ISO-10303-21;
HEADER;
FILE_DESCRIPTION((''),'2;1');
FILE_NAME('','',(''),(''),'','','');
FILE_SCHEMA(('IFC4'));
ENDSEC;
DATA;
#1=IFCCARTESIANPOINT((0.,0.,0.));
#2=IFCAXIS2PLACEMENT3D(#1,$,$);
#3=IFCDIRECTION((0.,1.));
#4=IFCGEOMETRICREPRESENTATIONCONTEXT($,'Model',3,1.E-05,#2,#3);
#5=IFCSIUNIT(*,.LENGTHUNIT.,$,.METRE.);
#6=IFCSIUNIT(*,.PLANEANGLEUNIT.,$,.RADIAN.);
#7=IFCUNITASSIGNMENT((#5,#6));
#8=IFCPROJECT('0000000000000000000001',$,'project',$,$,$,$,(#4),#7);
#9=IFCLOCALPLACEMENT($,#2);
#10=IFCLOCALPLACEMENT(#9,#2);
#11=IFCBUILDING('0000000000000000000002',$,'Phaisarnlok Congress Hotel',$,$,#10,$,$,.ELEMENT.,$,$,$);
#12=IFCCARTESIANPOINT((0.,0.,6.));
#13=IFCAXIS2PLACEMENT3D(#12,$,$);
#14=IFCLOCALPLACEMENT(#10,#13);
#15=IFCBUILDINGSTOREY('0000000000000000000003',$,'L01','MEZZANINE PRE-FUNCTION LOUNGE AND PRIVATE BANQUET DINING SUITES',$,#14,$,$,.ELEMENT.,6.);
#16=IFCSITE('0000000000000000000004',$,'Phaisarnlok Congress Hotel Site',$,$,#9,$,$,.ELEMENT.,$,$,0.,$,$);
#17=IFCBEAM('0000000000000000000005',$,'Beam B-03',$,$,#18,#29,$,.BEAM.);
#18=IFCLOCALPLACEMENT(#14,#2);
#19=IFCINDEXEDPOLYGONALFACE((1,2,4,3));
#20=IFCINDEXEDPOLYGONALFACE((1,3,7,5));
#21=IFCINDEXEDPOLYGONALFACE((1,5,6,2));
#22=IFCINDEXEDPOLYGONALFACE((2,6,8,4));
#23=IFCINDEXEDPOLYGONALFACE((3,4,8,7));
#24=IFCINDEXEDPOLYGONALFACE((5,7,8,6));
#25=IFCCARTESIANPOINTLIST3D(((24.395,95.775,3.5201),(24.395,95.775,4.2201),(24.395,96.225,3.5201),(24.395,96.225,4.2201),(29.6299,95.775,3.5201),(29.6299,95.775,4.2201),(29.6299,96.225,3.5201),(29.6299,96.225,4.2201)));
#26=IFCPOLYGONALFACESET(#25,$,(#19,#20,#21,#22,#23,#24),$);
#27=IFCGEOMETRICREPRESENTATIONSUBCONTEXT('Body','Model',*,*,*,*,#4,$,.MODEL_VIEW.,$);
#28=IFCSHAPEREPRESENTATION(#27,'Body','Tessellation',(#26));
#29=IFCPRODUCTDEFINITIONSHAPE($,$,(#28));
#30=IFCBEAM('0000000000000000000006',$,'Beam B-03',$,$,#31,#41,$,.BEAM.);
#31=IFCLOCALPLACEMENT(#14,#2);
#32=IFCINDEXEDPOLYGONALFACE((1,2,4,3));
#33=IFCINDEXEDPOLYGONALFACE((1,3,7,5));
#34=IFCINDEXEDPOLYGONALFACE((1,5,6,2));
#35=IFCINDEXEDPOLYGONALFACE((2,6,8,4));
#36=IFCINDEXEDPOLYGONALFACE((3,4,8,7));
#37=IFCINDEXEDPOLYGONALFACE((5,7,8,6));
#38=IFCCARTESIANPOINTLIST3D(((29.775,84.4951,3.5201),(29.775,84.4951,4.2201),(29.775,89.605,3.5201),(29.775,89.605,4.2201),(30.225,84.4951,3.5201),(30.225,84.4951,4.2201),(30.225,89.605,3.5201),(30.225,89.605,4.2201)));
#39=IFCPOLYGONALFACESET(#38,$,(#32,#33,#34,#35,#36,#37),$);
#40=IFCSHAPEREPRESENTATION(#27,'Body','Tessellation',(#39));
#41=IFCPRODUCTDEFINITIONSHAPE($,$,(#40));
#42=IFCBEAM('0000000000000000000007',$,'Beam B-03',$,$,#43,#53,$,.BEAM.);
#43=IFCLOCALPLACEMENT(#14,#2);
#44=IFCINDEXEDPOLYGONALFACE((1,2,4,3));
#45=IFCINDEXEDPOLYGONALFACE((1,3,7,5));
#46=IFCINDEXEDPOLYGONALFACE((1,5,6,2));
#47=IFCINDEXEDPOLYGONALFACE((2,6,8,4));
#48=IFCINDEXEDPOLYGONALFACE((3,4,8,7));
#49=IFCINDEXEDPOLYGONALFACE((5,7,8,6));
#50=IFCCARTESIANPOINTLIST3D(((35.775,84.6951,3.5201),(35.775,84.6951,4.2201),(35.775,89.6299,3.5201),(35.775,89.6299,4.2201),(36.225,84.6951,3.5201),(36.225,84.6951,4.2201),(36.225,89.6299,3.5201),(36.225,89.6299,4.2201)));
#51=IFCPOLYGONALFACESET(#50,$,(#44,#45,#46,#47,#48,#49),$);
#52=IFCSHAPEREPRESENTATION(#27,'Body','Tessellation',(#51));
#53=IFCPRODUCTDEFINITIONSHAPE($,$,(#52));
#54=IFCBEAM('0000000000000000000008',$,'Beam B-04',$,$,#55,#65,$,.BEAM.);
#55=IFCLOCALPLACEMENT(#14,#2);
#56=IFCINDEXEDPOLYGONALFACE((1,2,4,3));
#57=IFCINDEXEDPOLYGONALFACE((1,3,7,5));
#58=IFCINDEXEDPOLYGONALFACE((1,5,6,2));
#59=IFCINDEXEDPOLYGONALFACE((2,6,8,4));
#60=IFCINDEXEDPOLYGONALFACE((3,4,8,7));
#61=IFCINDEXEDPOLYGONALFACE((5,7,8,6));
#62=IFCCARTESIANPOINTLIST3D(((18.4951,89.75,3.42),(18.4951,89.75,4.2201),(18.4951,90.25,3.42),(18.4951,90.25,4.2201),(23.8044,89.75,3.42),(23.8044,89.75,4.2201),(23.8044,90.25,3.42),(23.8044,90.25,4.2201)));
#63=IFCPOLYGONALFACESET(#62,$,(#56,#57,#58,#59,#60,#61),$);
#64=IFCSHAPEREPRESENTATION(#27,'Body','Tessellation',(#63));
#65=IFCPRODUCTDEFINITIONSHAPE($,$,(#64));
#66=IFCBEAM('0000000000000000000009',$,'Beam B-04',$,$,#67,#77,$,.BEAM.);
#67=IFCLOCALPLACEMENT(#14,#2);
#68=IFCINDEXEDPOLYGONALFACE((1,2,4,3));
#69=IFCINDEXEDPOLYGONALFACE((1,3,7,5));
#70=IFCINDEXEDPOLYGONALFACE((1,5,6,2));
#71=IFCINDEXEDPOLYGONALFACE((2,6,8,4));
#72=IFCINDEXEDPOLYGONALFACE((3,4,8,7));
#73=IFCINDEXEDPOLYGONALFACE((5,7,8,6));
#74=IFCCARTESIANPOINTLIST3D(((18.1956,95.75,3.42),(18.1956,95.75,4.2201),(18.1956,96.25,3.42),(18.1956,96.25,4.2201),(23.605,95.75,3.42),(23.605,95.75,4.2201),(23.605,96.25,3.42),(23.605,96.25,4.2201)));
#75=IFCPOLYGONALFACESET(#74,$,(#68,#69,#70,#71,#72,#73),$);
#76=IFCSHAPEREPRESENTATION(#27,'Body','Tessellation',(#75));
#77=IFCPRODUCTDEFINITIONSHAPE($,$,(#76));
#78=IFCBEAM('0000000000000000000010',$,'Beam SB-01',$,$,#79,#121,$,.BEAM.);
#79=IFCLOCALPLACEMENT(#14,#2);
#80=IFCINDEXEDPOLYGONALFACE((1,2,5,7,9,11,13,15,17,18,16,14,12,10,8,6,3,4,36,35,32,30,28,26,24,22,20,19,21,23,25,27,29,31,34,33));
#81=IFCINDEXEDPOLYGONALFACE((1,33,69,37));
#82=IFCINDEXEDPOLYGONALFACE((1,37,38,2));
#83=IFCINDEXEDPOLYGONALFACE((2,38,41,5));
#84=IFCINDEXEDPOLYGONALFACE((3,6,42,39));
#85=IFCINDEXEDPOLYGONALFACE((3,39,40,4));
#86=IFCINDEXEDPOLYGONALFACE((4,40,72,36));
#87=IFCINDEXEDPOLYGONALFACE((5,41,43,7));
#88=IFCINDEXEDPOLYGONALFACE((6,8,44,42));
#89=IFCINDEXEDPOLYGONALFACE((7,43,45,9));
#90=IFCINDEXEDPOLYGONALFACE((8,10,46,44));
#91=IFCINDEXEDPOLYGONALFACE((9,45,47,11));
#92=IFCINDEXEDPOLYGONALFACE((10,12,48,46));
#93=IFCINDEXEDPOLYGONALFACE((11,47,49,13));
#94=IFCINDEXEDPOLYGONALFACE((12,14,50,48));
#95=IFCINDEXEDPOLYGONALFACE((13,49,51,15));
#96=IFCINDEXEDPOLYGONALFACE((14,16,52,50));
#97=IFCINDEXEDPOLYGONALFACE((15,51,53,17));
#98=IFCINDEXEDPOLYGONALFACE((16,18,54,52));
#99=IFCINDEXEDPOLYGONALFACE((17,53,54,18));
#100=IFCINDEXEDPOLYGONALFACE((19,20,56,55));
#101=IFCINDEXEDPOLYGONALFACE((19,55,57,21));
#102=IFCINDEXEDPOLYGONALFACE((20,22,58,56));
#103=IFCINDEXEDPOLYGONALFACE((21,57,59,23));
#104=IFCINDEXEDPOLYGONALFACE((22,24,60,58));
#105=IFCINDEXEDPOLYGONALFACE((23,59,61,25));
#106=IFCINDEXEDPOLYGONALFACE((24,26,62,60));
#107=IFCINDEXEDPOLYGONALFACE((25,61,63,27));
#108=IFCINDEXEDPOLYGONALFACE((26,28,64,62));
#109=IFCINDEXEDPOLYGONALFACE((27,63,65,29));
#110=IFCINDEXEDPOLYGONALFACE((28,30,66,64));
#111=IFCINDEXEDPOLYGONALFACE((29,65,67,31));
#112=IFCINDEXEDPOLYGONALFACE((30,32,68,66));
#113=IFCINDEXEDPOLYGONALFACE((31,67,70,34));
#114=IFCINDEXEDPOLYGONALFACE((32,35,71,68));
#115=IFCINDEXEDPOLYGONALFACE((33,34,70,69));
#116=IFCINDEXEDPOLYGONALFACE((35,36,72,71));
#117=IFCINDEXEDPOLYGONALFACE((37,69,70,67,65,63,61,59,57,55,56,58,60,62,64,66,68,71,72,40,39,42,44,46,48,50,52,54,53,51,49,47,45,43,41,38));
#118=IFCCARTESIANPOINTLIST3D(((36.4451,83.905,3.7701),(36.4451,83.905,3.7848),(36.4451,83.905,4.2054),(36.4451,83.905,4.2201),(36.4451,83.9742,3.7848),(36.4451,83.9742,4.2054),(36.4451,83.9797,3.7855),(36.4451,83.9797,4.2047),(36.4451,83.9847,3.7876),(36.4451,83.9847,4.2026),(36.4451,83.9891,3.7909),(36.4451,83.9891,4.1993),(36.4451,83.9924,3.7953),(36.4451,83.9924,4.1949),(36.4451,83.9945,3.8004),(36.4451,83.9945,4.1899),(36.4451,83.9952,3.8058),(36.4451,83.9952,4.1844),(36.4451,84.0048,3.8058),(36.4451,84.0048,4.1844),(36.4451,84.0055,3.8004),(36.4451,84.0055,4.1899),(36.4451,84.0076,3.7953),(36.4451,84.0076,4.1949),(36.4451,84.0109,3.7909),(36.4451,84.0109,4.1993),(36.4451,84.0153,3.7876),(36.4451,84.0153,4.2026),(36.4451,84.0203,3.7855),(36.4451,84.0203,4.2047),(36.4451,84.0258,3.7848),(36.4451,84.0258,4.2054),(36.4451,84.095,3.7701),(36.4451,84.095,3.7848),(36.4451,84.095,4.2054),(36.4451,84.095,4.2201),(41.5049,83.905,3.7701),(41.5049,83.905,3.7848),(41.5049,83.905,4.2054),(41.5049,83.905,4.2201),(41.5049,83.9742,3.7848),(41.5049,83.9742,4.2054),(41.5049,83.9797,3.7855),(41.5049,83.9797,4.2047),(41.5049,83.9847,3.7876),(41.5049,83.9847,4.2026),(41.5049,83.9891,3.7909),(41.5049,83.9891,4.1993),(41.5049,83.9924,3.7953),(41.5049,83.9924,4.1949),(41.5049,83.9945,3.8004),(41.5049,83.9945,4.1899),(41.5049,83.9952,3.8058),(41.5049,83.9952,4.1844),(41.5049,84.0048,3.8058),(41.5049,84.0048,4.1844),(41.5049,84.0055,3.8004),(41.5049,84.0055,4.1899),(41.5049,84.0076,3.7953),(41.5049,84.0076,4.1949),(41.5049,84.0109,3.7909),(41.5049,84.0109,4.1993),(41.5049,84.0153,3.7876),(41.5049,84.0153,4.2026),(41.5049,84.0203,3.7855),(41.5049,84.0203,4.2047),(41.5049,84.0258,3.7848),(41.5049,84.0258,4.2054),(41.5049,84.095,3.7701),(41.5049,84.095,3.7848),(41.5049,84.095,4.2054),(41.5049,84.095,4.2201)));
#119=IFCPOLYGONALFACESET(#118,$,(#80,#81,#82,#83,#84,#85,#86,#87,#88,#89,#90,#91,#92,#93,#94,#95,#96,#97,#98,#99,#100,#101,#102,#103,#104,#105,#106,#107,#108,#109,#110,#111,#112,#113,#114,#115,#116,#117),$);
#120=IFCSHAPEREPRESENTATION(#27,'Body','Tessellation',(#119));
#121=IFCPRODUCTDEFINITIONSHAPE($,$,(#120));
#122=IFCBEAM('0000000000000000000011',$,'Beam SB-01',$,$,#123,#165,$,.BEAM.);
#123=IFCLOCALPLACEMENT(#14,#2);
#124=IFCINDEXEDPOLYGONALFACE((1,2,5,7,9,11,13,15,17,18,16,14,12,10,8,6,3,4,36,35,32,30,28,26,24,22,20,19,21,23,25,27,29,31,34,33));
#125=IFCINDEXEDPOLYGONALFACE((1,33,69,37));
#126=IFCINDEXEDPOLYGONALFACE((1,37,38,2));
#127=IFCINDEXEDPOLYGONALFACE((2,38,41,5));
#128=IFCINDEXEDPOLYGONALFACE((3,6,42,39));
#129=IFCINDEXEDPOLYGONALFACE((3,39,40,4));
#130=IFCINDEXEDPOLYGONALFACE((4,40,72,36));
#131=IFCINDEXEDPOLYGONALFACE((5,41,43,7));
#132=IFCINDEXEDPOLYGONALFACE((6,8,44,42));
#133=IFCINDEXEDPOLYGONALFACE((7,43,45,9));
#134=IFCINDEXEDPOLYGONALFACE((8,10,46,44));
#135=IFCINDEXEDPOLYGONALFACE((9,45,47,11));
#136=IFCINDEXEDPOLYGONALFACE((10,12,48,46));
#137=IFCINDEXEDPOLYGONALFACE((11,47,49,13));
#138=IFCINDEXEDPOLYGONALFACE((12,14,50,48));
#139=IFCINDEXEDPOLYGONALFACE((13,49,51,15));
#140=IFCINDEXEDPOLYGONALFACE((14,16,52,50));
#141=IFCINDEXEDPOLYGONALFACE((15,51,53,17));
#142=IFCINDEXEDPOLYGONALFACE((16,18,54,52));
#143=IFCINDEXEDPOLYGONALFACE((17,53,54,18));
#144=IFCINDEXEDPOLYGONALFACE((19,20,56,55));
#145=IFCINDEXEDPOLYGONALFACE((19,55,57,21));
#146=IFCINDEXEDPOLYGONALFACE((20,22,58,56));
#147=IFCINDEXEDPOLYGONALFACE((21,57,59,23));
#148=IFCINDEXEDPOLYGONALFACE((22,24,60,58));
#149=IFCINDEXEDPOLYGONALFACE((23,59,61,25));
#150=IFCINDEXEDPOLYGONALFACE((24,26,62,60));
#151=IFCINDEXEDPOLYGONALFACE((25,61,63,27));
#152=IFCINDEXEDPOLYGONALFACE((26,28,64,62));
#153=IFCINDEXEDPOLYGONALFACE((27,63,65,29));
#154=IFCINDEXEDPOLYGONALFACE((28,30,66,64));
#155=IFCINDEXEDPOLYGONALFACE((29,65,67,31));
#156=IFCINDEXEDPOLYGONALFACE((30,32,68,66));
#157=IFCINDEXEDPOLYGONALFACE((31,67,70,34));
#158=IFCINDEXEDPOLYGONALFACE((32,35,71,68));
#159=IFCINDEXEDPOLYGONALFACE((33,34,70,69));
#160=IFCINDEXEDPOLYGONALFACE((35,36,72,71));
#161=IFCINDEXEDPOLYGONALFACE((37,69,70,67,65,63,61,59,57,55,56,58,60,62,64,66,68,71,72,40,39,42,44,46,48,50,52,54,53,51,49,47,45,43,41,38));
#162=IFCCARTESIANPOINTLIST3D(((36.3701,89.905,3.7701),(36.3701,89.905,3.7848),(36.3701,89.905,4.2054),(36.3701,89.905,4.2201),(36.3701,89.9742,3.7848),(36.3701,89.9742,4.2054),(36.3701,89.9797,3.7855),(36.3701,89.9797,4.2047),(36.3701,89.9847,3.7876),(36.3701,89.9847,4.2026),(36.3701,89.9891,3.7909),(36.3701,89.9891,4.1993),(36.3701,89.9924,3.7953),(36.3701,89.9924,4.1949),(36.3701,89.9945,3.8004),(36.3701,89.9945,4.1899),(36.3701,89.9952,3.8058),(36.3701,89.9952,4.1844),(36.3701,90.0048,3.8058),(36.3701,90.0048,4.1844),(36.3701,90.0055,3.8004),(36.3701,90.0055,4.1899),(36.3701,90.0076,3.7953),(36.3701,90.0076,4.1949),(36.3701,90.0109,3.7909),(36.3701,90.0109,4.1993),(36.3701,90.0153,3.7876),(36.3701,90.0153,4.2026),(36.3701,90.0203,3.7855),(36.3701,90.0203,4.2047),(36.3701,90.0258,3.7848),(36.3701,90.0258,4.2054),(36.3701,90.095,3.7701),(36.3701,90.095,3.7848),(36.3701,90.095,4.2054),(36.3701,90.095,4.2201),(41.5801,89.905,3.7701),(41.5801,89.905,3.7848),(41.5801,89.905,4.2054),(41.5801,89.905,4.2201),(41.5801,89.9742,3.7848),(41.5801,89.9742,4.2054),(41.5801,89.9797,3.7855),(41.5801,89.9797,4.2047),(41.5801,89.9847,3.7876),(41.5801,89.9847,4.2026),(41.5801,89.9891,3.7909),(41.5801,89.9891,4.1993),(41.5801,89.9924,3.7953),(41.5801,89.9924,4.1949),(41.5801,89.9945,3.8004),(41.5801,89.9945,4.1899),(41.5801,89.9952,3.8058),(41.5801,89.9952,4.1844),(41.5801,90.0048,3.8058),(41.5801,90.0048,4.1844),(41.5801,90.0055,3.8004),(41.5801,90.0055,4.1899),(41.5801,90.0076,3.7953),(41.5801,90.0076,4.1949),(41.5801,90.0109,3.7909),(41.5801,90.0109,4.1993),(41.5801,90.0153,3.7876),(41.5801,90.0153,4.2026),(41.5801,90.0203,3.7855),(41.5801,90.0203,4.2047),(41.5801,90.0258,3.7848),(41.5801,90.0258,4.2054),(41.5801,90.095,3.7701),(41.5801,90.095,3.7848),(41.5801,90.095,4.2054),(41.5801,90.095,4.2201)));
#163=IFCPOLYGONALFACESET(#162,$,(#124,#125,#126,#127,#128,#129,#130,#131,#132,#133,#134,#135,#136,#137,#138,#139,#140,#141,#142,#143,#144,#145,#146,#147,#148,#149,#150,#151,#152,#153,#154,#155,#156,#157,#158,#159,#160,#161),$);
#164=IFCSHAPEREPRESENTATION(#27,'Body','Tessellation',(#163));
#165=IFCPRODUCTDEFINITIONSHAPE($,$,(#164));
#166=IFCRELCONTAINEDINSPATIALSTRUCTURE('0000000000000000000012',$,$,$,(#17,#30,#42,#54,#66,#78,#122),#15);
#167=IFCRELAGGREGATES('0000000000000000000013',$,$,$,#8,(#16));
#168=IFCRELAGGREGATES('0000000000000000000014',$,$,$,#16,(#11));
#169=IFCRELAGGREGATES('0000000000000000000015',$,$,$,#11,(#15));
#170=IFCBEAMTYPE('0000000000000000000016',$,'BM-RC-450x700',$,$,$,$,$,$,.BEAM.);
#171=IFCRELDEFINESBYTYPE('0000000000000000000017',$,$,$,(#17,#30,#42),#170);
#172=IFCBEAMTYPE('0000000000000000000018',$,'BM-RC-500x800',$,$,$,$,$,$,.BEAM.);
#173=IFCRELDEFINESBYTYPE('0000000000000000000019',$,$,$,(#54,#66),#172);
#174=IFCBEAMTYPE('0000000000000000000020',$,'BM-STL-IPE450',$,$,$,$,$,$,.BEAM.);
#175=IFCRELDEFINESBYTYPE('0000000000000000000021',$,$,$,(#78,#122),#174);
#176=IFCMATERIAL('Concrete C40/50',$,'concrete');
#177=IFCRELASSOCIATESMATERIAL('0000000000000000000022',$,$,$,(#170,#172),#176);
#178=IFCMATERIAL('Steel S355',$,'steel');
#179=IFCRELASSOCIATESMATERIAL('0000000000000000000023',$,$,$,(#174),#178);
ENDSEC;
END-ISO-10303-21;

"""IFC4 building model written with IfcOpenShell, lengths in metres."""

from ifc_helpers import new_model, si_unit, direction, frame, origin, origin_2d, place, context, subcontext, project, spatial, rectangle, i_section, extrude, material, material_profile, profile_set, type_object, element, save


model = new_model("IFC4")

# Units and contexts
model_context = context("Model", 3, precision=1e-05, world=origin(), true_north=direction((0.0, 1.0)))
body_context = subcontext(model_context, "Body", "Model", "MODEL_VIEW")
ifc_project = project(units=[si_unit("LENGTHUNIT", "METRE"), si_unit("PLANEANGLEUNIT", "RADIAN")], contexts=[model_context])

# Site, building, storey
site_placement = place(None, origin())
site = spatial("IfcSite", under=ifc_project, at=site_placement, Name="Phaisarnlok Congress Hotel Site", CompositionType="ELEMENT", RefElevation=0.0)
building_placement = place(site_placement, origin())
building = spatial("IfcBuilding", under=site, at=building_placement, Name="Phaisarnlok Congress Hotel", CompositionType="ELEMENT")
storey_placement = place(building_placement, frame((0.0, 0.0, 6.0)))
storey = spatial("IfcBuildingStorey", under=building, at=storey_placement, Name="L01", Description="MEZZANINE PRE-FUNCTION LOUNGE AND PRIVATE BANQUET DINING SUITES", CompositionType="ELEMENT", Elevation=6.0)

# Shared definitions
ifc_material_1 = material(Name="Steel S355", Category="steel")

# Beams
ifc_material_2 = material(Name="Concrete C40/50", Category="concrete")
ifc_material_profile_1 = material_profile(ifc_material_2, rectangle(XDim=0.45, YDim=0.7, at=origin_2d()), Name="RC 450x700")
ifc_profile_set_1 = profile_set([ifc_material_profile_1], Name="Concrete C40/50")
beam_type_1 = type_object("IfcBeamType", Name="BM-RC-450x700", PredefinedType="BEAM", material=ifc_profile_set_1)
beam_1_placement = place(storey_placement, frame((24.395, 96.0, 3.8701), z_axis=(1.0, 0.0, 0.0), x_axis=(0.0, 1.0, 0.0)))
element("IfcBeam", 1, at=beam_1_placement, inside=storey, type_object=beam_type_1, Name="Beam B-03", PredefinedType="BEAM", context=body_context, shape_type="SweptSolid", body=[
    extrude(rectangle(XDim=0.45, YDim=0.7, at=origin_2d()), origin(), (0.0, 0.0, 1.0), 5.2349),
])
beam_2_placement = place(storey_placement, frame((30.0, 84.4951, 3.8701), z_axis=(0.0, 1.0, 0.0), x_axis=(-1.0, 0.0, 0.0)))
element("IfcBeam", 2, at=beam_2_placement, inside=storey, type_object=beam_type_1, Name="Beam B-03", PredefinedType="BEAM", context=body_context, shape_type="SweptSolid", body=[
    extrude(rectangle(XDim=0.45, YDim=0.7, at=origin_2d()), origin(), (0.0, 0.0, 1.0), 5.1099),
])
beam_3_placement = place(storey_placement, frame((36.0, 84.6951, 3.8701), z_axis=(0.0, 1.0, 0.0), x_axis=(-1.0, 0.0, 0.0)))
element("IfcBeam", 3, at=beam_3_placement, inside=storey, type_object=beam_type_1, Name="Beam B-03", PredefinedType="BEAM", context=body_context, shape_type="SweptSolid", body=[
    extrude(rectangle(XDim=0.45, YDim=0.7, at=origin_2d()), origin(), (0.0, 0.0, 1.0), 4.9348),
])
ifc_material_profile_2 = material_profile(ifc_material_2, rectangle(XDim=0.5, YDim=0.8, at=origin_2d()), Name="RC 500x800")
ifc_profile_set_2 = profile_set([ifc_material_profile_2], Name="Concrete C40/50")
beam_type_2 = type_object("IfcBeamType", Name="BM-RC-500x800", PredefinedType="BEAM", material=ifc_profile_set_2)
beam_4_placement = place(storey_placement, frame((18.4951, 90.0, 3.8201), z_axis=(1.0, 0.0, 0.0), x_axis=(0.0, 1.0, 0.0)))
element("IfcBeam", 4, at=beam_4_placement, inside=storey, type_object=beam_type_2, Name="Beam B-04", PredefinedType="BEAM", context=body_context, shape_type="SweptSolid", body=[
    extrude(rectangle(XDim=0.5, YDim=0.8, at=origin_2d()), origin(), (0.0, 0.0, 1.0), 5.3093),
])
beam_5_placement = place(storey_placement, frame((18.1956, 96.0, 3.8201), z_axis=(1.0, 0.0, 0.0), x_axis=(0.0, 1.0, 0.0)))
element("IfcBeam", 5, at=beam_5_placement, inside=storey, type_object=beam_type_2, Name="Beam B-04", PredefinedType="BEAM", context=body_context, shape_type="SweptSolid", body=[
    extrude(rectangle(XDim=0.5, YDim=0.8, at=origin_2d()), origin(), (0.0, 0.0, 1.0), 5.4094),
])
ifc_material_profile_3 = material_profile(ifc_material_1, i_section(OverallWidth=0.1899, OverallDepth=0.45, WebThickness=0.0095, FlangeThickness=0.0146, FilletRadius=0.021, at=origin_2d()), Name="IPE 450")
ifc_profile_set_3 = profile_set([ifc_material_profile_3], Name="Steel S355")
beam_type_3 = type_object("IfcBeamType", Name="BM-STL-IPE450", PredefinedType="BEAM", material=ifc_profile_set_3)
beam_6_placement = place(storey_placement, frame((36.4451, 84.0, 3.9951), z_axis=(1.0, 0.0, 0.0), x_axis=(0.0, 1.0, 0.0)))
element("IfcBeam", 6, at=beam_6_placement, inside=storey, type_object=beam_type_3, Name="Beam SB-01", PredefinedType="BEAM", context=body_context, shape_type="SweptSolid", body=[
    extrude(i_section(OverallWidth=0.1899, OverallDepth=0.45, WebThickness=0.0095, FlangeThickness=0.0146, FilletRadius=0.021, at=origin_2d()), origin(), (0.0, 0.0, 1.0), 5.0598),
])
beam_7_placement = place(storey_placement, frame((36.3701, 90.0, 3.9951), z_axis=(1.0, 0.0, 0.0), x_axis=(0.0, 1.0, 0.0)))
element("IfcBeam", 7, at=beam_7_placement, inside=storey, type_object=beam_type_3, Name="Beam SB-01", PredefinedType="BEAM", context=body_context, shape_type="SweptSolid", body=[
    extrude(i_section(OverallWidth=0.1899, OverallDepth=0.45, WebThickness=0.0095, FlangeThickness=0.0146, FilletRadius=0.021, at=origin_2d()), origin(), (0.0, 0.0, 1.0), 5.21),
])

save(model, "model.ifc")
